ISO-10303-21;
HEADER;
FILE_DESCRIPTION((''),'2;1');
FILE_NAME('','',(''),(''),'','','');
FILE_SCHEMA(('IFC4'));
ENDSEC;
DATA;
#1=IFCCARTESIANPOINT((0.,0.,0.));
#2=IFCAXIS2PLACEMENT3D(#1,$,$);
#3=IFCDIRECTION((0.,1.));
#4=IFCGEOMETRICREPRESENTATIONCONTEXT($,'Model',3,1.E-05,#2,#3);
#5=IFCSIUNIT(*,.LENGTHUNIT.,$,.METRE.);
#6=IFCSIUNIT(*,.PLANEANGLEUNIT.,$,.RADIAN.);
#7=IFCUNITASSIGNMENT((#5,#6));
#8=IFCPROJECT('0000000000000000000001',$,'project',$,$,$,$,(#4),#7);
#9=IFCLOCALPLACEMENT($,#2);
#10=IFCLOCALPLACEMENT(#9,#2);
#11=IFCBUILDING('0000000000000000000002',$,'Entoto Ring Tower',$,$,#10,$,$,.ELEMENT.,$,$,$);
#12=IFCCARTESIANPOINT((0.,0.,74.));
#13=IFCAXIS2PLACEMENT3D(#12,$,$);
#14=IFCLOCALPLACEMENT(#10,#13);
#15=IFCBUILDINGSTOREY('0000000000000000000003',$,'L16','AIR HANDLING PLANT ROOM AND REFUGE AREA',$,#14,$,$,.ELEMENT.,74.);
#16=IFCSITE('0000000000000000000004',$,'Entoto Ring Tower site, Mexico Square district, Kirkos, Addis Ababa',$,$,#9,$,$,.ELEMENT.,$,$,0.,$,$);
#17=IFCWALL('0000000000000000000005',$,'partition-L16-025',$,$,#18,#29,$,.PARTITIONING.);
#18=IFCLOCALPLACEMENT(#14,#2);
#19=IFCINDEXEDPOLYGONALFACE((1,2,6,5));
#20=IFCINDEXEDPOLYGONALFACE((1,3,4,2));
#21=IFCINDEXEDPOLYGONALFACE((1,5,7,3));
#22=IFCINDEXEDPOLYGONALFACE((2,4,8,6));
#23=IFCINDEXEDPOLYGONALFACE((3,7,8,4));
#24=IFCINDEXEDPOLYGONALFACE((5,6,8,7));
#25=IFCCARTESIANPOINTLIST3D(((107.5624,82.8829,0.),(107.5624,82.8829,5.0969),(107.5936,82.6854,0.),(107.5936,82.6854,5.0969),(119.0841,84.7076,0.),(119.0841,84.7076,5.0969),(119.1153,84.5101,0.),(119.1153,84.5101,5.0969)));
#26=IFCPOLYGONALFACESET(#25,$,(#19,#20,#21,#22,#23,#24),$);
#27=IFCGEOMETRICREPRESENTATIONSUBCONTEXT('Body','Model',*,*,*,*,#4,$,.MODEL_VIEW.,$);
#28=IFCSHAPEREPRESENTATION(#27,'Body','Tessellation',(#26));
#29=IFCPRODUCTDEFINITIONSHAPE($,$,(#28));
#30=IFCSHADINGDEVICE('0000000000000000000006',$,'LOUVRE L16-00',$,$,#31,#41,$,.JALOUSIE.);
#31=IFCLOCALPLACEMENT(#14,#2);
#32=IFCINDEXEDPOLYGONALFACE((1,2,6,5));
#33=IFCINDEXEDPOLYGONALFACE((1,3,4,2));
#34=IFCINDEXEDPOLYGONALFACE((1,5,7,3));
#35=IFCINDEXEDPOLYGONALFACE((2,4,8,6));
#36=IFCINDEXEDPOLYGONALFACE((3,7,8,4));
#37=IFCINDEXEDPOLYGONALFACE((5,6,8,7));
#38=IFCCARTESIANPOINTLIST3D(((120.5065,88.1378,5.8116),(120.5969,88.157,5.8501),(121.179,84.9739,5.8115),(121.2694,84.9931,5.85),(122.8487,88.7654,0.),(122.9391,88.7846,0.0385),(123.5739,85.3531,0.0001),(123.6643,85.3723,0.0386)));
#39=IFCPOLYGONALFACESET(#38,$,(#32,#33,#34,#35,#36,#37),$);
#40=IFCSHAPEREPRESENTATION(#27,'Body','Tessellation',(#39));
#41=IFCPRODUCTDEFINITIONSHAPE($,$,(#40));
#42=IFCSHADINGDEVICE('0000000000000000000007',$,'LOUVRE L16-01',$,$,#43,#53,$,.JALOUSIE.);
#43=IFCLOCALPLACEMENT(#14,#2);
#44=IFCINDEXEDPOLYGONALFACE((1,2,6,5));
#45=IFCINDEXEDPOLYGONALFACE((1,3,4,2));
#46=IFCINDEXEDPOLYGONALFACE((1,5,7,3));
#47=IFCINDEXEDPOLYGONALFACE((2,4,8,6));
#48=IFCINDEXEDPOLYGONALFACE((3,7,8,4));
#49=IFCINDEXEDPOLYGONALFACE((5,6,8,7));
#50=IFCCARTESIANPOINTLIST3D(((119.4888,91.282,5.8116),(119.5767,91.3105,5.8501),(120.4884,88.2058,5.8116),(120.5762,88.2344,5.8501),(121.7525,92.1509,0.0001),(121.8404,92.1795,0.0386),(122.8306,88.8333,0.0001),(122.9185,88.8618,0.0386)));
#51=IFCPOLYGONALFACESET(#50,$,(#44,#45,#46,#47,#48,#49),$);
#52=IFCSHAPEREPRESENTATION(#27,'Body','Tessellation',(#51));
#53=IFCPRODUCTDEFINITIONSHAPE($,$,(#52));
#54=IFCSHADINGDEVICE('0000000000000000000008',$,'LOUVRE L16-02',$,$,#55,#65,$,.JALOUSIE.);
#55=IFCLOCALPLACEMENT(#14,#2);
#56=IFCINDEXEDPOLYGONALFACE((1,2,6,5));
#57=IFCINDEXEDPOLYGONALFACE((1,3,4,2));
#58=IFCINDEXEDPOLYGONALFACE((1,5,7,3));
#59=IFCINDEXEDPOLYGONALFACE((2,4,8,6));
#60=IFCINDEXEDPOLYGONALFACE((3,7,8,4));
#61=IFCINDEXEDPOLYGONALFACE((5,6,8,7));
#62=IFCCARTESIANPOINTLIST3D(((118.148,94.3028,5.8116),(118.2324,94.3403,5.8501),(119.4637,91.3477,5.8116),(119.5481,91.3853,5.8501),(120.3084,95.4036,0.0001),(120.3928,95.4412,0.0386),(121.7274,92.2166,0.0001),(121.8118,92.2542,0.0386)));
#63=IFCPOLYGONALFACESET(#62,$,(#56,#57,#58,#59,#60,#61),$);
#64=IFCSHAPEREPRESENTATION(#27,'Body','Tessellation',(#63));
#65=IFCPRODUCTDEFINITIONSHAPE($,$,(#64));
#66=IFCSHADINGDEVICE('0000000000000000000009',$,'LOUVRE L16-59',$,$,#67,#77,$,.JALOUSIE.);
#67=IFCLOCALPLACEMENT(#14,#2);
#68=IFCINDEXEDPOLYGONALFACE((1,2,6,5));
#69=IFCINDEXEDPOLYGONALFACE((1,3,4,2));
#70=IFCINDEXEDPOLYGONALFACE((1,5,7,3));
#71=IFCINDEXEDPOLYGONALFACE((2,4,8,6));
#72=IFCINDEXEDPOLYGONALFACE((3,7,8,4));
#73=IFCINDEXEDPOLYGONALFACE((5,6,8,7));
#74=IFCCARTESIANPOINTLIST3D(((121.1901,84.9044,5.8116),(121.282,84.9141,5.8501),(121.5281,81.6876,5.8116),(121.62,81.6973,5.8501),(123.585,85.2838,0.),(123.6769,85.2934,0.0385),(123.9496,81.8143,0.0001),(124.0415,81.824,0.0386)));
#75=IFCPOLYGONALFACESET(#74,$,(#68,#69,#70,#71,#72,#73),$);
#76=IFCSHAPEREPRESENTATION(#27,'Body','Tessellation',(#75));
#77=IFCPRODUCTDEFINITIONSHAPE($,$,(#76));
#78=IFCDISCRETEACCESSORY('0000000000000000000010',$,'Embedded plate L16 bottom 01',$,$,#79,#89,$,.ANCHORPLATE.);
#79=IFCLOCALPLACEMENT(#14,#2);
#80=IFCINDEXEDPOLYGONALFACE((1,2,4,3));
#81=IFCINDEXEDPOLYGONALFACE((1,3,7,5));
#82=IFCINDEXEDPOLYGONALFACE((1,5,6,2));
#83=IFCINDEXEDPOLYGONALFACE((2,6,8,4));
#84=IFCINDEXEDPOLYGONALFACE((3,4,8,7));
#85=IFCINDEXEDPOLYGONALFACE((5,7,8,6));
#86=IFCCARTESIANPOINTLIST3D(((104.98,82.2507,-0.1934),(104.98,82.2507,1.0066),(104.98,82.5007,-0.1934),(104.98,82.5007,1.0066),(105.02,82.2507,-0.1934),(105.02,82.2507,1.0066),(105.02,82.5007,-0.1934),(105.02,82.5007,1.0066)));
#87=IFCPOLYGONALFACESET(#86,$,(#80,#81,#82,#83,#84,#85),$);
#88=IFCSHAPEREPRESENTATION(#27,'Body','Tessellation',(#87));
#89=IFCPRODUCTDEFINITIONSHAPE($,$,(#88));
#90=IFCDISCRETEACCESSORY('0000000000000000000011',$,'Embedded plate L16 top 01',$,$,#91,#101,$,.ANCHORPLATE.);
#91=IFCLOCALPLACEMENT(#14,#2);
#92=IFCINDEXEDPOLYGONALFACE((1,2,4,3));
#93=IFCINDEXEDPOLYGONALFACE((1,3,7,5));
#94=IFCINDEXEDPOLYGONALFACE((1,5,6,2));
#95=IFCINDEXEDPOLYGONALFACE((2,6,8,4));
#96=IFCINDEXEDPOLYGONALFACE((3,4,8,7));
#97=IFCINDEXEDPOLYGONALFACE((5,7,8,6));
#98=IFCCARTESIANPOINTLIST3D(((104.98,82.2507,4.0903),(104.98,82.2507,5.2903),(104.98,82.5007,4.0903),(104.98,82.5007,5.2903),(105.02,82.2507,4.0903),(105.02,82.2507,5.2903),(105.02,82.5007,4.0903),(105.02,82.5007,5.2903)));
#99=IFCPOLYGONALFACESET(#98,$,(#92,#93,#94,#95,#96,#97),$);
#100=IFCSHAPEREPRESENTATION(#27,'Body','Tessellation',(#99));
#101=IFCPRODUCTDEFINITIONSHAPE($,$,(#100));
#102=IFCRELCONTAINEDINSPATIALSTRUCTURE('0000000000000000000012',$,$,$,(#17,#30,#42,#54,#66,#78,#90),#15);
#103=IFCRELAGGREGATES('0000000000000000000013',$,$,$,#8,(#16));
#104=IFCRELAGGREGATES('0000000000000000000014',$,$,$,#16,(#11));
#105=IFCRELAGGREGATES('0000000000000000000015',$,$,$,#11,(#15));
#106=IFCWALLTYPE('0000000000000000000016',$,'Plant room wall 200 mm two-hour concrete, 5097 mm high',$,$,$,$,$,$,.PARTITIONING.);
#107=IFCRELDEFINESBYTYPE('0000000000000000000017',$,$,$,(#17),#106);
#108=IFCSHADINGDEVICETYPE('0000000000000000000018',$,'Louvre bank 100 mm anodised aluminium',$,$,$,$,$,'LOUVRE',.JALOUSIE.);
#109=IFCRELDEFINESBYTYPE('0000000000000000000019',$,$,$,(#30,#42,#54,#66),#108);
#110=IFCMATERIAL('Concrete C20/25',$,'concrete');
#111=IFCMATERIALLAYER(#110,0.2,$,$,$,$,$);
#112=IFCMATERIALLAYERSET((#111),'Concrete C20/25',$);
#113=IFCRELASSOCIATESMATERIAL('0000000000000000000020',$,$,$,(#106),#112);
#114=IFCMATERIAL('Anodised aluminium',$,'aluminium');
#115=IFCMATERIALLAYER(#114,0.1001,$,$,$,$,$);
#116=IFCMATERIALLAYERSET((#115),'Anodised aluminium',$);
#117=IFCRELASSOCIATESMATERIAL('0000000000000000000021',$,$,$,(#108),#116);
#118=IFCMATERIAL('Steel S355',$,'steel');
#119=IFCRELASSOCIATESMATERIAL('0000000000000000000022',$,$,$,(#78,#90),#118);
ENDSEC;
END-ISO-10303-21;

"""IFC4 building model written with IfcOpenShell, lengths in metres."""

from ifc_helpers import new_model, si_unit, direction, frame, frame_2d, origin, origin_2d, place, context, subcontext, project, spatial, polyline, rectangle, outline, extrude, material, layer, layer_set, type_object, element, save


model = new_model("IFC4")

# Units and contexts
model_context = context("Model", 3, precision=1e-05, world=origin(), true_north=direction((0.0, 1.0)))
body_context = subcontext(model_context, "Body", "Model", "MODEL_VIEW")
ifc_project = project(units=[si_unit("LENGTHUNIT", "METRE"), si_unit("PLANEANGLEUNIT", "RADIAN")], contexts=[model_context])

# Site, building, storey
site_placement = place(None, origin())
site = spatial("IfcSite", under=ifc_project, at=site_placement, Name="Entoto Ring Tower site, Mexico Square district, Kirkos, Addis Ababa", CompositionType="ELEMENT", RefElevation=0.0)
building_placement = place(site_placement, origin())
building = spatial("IfcBuilding", under=site, at=building_placement, Name="Entoto Ring Tower", CompositionType="ELEMENT")
storey_placement = place(building_placement, frame((0.0, 0.0, 74.0)))
storey = spatial("IfcBuildingStorey", under=building, at=storey_placement, Name="L16", Description="AIR HANDLING PLANT ROOM AND REFUGE AREA", CompositionType="ELEMENT", Elevation=74.0)

# Wall
ifc_material_1 = material(Name="Concrete C20/25", Category="concrete")
ifc_layer_1 = layer(ifc_material_1, 0.2)
ifc_layer_set_1 = layer_set([ifc_layer_1], Name="Concrete C20/25")
wall_type_1 = type_object("IfcWallType", Name="Plant room wall 200 mm two-hour concrete, 5097 mm high", PredefinedType="PARTITIONING", material=ifc_layer_set_1)
wall_1_placement = place(storey_placement, frame((107.5781, 82.7842, 0.0), z_axis=(0.0, 0.0, 1.0), x_axis=(0.98769, 0.156421, 0.0)))
element("IfcWall", 1, at=wall_1_placement, inside=storey, type_object=wall_type_1, Name="partition-L16-025", PredefinedType="PARTITIONING", context=body_context, shape_type="SweptSolid", body=[
    extrude(rectangle(XDim=11.6653, YDim=0.2, at=frame_2d((5.8325, 0.0))), origin(), (0.0, 0.0, 1.0), 5.0969),
])

# Shading devices
ifc_material_2 = material(Name="Anodised aluminium", Category="aluminium")
ifc_layer_2 = layer(ifc_material_2, 0.1001)
ifc_layer_set_2 = layer_set([ifc_layer_2], Name="Anodised aluminium")
shading_device_type = type_object("IfcShadingDeviceType", Name="Louvre bank 100 mm anodised aluminium", ElementType="LOUVRE", PredefinedType="JALOUSIE", material=ifc_layer_set_2)
shading_device_1_placement = place(storey_placement, frame((123.6643, 85.3723, 0.0386), z_axis=(0.90291, 0.191905, 0.384611), x_axis=(-0.20789, 0.978152, -0.000017)))
element("IfcShadingDevice", 2, at=shading_device_1_placement, inside=storey, type_object=shading_device_type, Name="LOUVRE L16-00", PredefinedType="JALOUSIE", context=body_context, shape_type="SweptSolid", body=[
    extrude(outline(polyline([(0.0, 0.0), (3.4885, 0.0), (3.3614, 6.2959), (0.1269, 6.2957), (0.0, 0.0)])), origin(), (0.0, 0.0, -1.0), 0.1001),
])
shading_device_2_placement = place(storey_placement, frame((122.9185, 88.8618, 0.0386), z_axis=(0.877892, 0.285267, 0.384614), x_axis=(-0.309042, 0.951048, 0.000007)))
element("IfcShadingDevice", 3, at=shading_device_2_placement, inside=storey, type_object=shading_device_type, Name="LOUVRE L16-01", PredefinedType="JALOUSIE", context=body_context, shape_type="SweptSolid", body=[
    extrude(outline(polyline([(0.0, 0.0), (3.4884, 0.0), (3.3617, 6.2958), (0.1272, 6.2958), (0.0, 0.0)])), origin(), (0.0, 0.0, -1.0), 0.1001),
])
shading_device_3_placement = place(storey_placement, frame((121.8118, 92.2542, 0.0386), z_axis=(0.843278, 0.37545, 0.384603), x_axis=(-0.406735, 0.913546, 0.0)))
element("IfcShadingDevice", 4, at=shading_device_3_placement, inside=storey, type_object=shading_device_type, Name="LOUVRE L16-02", PredefinedType="JALOUSIE", context=body_context, shape_type="SweptSolid", body=[
    extrude(outline(polyline([(0.0, 0.0), (3.4886, 0.0), (3.3617, 6.2958), (0.1269, 6.2958), (0.0, 0.0)])), origin(), (0.0, 0.0, -1.0), 0.1001),
])
shading_device_4_placement = place(storey_placement, frame((124.0415, 81.824, 0.0386), z_axis=(0.918022, 0.096472, 0.384615), x_axis=(-0.104507, 0.994524, -0.000009)))
element("IfcShadingDevice", 5, at=shading_device_4_placement, inside=storey, type_object=shading_device_type, Name="LOUVRE L16-59", PredefinedType="JALOUSIE", context=body_context, shape_type="SweptSolid", body=[
    extrude(outline(polyline([(0.0, 0.0), (3.4886, 0.0), (3.3615, 6.2958), (0.127, 6.2958), (0.0, 0.0)])), origin(), (0.0, 0.0, -1.0), 0.1001),
])

# Discrete accessories
ifc_material_3 = material(Name="Steel S355", Category="steel")
for number, where, z_axis, x_axis, name in (
    (6, (105.0, 82.3757, -0.1934), (0.0, 0.0, 1.0), (1.0, 0.0, 0.0), "Embedded plate L16 bottom 01"),
    (7, (105.0, 82.3757, 4.0903), (0.0, 0.0, 1.0), (1.0, 0.0, 0.0), "Embedded plate L16 top 01"),
):
    element("IfcDiscreteAccessory", number, at=place(storey_placement, frame(where, z_axis=z_axis, x_axis=x_axis)), inside=storey, material=ifc_material_3, Name=name, PredefinedType="ANCHORPLATE", context=body_context, shape_type="SweptSolid", body=[
        extrude(rectangle(XDim=0.04, YDim=0.25, at=origin_2d()), origin(), (0.0, 0.0, 1.0), 1.2),
    ])

save(model, "model.ifc")
